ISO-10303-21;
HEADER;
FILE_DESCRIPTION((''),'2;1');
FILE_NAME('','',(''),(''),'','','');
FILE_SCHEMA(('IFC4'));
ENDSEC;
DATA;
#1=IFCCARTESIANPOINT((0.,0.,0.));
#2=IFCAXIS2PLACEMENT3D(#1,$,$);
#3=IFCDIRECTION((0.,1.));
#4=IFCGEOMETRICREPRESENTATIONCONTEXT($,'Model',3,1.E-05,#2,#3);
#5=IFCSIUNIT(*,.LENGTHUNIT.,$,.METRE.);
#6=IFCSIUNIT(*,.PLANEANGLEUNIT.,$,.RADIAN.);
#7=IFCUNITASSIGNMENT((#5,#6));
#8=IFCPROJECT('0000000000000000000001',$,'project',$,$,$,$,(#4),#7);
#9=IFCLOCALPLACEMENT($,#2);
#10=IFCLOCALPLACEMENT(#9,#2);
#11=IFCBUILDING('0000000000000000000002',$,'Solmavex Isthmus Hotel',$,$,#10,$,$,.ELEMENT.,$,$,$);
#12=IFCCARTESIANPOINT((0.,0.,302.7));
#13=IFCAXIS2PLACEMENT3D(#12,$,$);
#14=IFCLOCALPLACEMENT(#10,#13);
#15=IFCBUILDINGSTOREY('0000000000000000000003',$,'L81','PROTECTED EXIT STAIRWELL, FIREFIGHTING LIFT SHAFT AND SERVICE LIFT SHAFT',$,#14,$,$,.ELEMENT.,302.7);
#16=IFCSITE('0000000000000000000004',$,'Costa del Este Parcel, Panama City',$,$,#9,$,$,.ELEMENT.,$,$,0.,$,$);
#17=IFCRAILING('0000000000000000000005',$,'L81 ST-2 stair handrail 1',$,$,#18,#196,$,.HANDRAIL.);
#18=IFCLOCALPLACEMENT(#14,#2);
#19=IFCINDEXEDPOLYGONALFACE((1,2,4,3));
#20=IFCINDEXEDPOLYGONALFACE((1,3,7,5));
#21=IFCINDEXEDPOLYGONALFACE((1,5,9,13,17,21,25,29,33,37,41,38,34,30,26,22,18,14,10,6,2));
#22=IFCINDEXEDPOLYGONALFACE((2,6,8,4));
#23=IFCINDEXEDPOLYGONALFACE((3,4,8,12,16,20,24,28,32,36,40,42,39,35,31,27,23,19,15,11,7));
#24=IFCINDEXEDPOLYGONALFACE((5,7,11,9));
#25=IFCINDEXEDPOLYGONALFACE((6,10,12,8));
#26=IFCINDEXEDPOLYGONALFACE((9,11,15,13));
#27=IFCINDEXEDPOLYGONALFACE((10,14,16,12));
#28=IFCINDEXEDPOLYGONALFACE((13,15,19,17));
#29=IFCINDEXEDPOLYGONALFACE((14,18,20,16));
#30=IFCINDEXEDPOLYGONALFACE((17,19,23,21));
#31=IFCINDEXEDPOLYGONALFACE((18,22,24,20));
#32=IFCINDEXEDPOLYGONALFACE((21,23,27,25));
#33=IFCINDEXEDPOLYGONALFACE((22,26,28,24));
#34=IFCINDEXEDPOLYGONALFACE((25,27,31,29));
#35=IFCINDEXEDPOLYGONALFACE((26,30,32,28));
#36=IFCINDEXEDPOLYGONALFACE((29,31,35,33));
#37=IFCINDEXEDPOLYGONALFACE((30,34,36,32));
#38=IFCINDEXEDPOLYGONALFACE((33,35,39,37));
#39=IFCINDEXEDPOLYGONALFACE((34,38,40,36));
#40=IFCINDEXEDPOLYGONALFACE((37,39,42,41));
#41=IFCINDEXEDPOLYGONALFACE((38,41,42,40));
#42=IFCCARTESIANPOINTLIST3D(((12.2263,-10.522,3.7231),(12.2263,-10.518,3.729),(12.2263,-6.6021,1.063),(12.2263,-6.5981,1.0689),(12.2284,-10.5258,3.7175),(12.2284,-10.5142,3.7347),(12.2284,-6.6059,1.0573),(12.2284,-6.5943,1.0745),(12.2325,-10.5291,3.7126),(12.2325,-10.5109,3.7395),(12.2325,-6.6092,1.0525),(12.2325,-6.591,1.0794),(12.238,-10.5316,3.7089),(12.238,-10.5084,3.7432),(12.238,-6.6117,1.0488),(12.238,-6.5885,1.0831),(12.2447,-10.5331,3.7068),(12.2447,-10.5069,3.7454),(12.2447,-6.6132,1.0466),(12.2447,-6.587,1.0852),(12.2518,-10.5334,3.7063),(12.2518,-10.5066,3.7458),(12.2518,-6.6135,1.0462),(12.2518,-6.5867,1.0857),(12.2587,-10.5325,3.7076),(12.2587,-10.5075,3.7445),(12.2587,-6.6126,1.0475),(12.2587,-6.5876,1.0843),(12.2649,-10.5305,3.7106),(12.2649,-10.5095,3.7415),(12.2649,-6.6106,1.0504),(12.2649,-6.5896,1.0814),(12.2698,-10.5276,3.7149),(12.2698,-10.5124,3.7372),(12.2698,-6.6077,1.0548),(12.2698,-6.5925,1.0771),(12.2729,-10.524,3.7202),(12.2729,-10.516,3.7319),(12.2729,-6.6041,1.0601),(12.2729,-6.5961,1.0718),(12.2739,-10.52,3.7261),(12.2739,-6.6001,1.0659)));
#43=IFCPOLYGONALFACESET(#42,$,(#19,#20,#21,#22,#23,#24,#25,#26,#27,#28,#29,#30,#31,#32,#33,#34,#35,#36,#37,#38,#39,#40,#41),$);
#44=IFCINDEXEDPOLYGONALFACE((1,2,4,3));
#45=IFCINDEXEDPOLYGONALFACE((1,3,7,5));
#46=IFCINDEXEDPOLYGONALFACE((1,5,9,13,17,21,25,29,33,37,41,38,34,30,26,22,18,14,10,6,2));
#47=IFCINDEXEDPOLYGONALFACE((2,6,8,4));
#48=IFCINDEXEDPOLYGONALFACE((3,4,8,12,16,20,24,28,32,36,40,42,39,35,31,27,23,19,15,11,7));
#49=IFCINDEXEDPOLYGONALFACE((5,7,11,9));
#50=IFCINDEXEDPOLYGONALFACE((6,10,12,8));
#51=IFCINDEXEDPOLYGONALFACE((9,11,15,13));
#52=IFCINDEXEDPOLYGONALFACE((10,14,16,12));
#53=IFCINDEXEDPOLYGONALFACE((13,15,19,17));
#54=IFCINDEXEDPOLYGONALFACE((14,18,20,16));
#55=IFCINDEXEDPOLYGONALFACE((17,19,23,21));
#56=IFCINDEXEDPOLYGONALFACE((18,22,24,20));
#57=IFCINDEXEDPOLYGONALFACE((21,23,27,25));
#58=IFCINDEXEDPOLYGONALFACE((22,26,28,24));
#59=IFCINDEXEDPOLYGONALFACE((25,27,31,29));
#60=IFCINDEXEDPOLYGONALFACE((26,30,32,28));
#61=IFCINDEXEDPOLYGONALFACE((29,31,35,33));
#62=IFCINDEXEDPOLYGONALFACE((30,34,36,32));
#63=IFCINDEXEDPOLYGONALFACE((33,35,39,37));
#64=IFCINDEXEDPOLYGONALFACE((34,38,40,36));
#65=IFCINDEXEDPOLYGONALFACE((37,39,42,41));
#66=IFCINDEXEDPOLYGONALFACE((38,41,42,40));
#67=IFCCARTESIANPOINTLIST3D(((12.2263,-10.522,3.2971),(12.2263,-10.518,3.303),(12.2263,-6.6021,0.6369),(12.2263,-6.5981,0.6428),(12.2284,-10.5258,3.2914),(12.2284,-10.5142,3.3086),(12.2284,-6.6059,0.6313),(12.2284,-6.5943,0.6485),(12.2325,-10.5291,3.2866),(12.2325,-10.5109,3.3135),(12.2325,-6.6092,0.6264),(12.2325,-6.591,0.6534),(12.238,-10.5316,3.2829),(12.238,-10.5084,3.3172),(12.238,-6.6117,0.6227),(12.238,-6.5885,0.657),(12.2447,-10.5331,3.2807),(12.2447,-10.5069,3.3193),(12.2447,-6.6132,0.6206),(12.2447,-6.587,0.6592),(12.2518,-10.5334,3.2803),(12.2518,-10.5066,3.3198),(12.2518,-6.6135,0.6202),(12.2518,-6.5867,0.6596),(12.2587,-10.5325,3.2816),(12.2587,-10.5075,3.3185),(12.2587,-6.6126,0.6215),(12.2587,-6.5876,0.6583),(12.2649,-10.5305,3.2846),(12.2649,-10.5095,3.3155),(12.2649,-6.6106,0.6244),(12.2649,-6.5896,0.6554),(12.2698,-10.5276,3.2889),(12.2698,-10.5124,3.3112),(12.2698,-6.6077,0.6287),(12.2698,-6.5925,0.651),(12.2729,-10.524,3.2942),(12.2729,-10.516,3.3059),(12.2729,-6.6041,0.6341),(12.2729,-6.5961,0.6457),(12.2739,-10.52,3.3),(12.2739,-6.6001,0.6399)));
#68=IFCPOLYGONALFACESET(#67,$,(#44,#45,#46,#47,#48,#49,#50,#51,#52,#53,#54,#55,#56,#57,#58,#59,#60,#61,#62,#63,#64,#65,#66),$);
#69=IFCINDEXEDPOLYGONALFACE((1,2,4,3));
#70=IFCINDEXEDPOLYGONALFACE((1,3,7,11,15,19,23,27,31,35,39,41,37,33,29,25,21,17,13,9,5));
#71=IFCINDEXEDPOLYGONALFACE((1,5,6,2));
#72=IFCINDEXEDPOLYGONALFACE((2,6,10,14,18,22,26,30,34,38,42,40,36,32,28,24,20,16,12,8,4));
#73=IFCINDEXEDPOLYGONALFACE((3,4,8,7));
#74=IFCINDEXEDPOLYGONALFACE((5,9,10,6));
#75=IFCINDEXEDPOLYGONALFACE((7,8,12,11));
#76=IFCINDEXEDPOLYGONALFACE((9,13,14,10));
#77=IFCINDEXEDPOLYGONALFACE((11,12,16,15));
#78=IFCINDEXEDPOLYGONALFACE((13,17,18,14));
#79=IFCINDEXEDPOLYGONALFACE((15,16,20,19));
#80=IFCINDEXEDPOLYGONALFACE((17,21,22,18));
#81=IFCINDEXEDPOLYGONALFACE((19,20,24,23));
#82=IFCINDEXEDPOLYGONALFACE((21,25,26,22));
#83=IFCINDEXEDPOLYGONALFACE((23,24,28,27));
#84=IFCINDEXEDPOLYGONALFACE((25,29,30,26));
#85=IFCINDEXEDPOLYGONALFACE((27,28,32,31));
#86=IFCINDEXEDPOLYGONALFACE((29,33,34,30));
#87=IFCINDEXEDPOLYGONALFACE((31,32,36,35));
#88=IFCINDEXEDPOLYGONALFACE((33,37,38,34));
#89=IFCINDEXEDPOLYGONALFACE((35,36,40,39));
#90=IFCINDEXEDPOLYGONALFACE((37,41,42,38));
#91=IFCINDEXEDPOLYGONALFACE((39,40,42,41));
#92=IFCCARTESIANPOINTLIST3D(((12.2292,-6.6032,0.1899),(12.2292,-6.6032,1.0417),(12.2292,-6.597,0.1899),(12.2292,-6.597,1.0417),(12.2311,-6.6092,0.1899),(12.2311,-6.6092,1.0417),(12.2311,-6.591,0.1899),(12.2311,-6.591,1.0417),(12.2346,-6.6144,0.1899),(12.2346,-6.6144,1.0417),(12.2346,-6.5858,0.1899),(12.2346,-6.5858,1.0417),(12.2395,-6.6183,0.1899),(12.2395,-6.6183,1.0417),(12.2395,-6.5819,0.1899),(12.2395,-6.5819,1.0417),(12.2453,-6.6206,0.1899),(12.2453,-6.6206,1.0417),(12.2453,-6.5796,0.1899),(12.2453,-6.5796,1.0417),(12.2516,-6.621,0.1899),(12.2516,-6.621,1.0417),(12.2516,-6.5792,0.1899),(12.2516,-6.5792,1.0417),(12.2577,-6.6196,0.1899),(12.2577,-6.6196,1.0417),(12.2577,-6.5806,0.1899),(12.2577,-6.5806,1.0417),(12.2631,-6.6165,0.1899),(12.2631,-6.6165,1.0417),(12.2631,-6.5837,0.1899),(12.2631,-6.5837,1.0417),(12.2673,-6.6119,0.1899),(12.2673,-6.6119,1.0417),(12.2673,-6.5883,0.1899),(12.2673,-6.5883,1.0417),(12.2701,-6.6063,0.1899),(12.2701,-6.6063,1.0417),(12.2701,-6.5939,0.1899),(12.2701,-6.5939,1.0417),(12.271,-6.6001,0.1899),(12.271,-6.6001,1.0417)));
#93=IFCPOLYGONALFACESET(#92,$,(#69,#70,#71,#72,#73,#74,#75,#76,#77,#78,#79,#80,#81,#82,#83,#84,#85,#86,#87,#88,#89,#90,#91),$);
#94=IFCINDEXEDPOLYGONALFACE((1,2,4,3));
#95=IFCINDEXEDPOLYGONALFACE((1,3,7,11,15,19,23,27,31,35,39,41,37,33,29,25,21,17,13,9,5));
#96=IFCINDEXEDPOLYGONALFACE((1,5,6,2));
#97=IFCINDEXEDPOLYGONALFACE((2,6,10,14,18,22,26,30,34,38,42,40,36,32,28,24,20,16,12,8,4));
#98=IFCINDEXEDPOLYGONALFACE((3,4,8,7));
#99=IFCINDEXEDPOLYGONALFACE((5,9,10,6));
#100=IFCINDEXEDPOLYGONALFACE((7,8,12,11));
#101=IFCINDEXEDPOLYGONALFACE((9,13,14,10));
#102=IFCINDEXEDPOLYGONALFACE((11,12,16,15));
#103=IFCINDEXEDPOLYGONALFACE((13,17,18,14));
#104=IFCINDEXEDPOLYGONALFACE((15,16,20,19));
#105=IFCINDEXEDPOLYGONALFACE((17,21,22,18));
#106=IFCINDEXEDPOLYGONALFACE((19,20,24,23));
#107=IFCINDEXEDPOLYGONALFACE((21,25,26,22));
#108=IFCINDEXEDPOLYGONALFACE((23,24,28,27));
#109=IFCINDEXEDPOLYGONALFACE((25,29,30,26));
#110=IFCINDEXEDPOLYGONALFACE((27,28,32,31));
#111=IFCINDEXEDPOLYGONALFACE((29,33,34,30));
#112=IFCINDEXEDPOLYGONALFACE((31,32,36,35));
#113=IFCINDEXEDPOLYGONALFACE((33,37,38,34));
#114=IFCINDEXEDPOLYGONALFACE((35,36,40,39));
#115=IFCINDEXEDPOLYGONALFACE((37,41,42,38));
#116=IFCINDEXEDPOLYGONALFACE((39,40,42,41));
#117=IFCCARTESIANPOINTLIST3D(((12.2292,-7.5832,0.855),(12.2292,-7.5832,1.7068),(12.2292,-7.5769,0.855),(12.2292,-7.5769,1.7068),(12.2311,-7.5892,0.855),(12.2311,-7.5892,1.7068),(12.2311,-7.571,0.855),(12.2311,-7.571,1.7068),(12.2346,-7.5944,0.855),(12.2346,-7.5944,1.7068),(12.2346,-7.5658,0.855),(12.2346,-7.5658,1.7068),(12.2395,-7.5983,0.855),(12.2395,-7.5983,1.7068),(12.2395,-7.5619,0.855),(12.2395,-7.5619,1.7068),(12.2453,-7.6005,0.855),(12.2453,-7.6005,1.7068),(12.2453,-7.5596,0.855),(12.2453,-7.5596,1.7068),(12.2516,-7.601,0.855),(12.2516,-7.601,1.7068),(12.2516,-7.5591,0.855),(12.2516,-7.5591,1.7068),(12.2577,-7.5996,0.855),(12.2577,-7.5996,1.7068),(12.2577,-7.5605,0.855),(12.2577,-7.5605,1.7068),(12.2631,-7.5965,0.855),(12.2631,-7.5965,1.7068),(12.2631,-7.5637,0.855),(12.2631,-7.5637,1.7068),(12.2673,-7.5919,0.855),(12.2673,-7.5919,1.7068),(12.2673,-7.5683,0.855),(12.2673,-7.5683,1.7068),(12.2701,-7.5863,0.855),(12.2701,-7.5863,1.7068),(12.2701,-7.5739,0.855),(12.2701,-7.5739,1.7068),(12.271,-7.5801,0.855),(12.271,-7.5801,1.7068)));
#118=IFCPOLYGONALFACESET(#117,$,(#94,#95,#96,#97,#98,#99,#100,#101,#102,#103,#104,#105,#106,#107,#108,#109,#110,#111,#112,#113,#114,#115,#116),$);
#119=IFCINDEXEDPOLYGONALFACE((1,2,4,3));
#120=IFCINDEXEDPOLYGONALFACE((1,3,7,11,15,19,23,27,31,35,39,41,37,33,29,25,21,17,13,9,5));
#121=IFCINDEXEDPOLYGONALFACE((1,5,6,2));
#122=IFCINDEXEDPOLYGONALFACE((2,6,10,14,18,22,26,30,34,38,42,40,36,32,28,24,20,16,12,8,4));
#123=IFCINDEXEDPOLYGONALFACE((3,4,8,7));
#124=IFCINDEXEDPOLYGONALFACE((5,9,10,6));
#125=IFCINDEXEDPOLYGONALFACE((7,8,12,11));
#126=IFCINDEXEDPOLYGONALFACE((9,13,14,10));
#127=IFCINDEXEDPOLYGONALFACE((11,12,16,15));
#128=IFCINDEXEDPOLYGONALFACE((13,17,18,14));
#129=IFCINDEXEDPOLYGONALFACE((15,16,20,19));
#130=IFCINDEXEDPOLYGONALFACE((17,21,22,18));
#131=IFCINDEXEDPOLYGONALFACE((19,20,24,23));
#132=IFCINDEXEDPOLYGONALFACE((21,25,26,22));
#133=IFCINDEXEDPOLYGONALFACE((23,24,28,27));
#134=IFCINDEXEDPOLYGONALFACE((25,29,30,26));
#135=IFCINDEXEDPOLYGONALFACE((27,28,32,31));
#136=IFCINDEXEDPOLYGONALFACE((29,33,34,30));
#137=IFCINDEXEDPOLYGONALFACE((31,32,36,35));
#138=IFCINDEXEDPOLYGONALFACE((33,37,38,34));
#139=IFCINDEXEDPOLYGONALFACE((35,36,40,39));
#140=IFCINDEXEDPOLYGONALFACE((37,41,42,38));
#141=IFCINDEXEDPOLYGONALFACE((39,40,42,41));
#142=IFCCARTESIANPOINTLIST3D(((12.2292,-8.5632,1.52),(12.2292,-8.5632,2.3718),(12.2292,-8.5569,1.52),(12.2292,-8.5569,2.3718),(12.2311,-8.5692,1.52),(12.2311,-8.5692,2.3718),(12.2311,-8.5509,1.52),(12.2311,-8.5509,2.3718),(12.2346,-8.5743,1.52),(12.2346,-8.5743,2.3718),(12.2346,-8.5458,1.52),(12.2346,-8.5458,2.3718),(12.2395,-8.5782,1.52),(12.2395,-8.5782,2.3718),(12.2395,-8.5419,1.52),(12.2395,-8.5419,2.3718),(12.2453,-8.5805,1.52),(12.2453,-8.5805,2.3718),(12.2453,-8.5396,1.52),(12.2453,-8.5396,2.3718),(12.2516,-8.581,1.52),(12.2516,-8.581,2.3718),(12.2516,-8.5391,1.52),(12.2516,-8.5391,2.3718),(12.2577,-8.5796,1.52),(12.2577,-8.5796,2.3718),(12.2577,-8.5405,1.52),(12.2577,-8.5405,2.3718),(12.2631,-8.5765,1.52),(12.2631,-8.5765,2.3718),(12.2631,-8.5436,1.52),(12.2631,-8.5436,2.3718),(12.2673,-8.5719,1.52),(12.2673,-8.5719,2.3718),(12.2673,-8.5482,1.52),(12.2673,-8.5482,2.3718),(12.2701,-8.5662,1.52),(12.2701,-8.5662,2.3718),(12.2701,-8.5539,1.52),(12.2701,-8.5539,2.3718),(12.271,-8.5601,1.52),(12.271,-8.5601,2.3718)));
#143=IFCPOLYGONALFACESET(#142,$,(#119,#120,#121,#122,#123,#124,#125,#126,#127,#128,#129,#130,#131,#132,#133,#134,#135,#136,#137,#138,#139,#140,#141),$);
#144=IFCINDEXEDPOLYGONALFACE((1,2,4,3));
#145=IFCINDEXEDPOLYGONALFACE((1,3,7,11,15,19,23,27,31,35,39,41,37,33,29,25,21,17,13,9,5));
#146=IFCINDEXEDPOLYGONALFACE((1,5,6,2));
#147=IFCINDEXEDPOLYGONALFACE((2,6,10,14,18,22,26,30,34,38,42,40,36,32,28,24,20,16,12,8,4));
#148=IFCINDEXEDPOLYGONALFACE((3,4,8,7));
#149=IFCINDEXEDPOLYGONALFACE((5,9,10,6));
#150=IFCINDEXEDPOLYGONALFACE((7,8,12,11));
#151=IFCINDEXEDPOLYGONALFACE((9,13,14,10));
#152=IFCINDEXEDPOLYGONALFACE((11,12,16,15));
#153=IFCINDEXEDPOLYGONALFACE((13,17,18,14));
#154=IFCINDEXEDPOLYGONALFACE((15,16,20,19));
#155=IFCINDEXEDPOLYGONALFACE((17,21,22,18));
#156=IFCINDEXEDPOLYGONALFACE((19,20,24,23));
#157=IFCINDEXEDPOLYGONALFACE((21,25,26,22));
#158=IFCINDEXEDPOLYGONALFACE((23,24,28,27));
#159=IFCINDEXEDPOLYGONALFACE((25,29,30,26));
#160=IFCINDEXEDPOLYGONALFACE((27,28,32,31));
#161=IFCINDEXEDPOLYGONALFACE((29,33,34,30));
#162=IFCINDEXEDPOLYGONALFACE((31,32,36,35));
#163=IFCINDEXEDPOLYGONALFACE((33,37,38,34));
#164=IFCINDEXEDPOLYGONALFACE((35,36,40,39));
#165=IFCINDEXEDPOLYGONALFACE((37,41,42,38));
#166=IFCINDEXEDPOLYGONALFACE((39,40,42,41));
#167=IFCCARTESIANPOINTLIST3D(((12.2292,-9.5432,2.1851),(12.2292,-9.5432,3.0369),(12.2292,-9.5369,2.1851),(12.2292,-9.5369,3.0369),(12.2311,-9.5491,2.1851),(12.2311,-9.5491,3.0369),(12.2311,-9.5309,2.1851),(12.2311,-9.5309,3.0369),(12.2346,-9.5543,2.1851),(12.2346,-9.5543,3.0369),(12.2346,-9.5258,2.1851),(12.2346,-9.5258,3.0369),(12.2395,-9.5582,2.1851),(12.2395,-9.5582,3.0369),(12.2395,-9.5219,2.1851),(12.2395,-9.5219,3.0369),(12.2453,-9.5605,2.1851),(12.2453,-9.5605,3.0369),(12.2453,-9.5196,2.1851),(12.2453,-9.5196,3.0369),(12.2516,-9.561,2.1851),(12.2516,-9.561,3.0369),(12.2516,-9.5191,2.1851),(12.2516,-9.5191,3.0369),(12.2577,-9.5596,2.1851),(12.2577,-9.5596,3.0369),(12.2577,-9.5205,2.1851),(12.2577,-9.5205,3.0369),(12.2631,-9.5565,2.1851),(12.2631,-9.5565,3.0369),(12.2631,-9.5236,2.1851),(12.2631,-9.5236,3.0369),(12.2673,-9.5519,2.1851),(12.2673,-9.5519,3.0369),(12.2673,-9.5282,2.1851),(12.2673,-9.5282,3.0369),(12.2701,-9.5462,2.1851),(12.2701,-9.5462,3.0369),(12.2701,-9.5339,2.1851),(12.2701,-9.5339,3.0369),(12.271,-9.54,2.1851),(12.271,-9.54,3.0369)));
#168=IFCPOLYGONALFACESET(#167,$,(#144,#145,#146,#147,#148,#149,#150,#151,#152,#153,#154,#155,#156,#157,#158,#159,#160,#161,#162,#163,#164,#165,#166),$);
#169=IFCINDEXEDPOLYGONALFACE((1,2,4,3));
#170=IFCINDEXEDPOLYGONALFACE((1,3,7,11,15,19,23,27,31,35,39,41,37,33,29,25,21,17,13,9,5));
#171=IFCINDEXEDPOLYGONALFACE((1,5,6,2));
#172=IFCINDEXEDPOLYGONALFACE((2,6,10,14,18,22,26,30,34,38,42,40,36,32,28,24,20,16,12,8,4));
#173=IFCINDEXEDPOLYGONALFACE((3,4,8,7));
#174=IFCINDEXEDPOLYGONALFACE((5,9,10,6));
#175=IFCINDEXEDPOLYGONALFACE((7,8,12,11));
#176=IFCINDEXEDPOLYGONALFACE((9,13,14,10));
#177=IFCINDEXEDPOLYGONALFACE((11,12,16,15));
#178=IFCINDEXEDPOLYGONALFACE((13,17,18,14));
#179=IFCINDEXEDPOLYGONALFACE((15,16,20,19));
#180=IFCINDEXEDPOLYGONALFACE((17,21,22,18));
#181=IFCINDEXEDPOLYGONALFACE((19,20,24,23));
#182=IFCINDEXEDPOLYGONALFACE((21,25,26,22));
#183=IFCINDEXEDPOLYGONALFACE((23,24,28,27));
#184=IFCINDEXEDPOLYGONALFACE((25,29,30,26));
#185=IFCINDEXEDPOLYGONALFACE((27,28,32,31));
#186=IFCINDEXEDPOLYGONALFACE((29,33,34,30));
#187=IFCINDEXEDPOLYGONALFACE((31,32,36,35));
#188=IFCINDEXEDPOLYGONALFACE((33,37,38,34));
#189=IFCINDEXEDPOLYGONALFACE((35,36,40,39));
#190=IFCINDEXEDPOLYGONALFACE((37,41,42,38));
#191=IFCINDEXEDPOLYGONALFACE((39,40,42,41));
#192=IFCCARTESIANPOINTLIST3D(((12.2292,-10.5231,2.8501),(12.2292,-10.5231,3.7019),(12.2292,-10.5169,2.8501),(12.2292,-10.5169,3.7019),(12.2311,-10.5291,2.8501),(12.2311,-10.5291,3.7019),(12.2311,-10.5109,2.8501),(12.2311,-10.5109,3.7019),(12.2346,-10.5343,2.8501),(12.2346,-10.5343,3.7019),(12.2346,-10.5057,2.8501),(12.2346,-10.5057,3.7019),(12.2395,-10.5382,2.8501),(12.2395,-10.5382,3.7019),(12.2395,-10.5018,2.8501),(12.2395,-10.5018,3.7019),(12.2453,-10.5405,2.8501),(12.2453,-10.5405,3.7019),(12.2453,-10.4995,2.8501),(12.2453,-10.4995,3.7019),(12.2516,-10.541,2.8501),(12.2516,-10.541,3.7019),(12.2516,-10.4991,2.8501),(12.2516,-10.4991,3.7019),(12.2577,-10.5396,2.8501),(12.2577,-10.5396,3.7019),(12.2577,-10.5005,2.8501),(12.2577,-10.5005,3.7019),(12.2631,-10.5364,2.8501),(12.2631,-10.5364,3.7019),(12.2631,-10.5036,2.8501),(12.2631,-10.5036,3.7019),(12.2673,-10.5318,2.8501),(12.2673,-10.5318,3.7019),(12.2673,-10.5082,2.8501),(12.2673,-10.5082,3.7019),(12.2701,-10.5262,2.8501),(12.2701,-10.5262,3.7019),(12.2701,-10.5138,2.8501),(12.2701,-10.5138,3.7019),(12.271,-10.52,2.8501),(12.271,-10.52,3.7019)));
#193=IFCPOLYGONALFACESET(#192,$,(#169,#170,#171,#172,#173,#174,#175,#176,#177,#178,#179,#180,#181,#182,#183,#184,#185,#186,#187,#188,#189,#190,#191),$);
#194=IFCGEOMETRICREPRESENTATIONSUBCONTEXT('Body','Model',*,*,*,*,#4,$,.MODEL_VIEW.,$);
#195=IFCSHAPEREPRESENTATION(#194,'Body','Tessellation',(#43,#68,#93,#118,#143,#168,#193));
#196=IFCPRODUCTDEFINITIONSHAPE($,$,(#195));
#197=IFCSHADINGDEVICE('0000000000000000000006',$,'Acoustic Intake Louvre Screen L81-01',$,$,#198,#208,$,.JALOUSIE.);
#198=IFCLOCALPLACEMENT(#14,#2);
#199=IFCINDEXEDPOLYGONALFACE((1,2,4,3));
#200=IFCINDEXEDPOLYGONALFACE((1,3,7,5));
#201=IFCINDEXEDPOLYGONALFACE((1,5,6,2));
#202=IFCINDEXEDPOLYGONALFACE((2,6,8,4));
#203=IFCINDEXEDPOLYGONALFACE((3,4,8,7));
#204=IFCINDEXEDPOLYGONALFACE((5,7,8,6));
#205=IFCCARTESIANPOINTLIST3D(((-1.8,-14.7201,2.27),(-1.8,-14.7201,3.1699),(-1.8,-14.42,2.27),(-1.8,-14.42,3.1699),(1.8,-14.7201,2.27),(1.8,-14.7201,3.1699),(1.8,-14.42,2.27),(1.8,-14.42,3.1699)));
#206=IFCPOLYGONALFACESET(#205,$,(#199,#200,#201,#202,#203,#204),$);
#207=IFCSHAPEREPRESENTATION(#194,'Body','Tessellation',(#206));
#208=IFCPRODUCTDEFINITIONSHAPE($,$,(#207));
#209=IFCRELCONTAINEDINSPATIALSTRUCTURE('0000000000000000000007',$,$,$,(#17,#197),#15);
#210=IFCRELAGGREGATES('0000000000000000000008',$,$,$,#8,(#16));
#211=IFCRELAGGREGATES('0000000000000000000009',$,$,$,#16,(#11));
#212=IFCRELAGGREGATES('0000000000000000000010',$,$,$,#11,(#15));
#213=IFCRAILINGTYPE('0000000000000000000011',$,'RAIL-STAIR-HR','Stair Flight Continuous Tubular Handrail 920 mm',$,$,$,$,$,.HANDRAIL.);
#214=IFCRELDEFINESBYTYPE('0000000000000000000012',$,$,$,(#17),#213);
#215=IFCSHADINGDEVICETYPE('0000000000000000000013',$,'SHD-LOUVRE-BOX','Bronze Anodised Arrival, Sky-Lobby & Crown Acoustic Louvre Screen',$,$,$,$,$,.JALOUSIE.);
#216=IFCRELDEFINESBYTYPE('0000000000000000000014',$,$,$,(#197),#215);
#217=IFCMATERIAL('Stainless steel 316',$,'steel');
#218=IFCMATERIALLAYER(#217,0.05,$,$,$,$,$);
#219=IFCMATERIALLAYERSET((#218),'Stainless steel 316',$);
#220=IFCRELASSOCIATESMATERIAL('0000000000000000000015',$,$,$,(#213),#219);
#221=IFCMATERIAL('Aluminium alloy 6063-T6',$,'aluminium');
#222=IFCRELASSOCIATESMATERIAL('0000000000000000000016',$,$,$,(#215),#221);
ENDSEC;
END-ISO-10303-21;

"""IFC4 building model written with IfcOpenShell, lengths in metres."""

from ifc_helpers import new_model, si_unit, direction, frame, origin, origin_2d, place, context, subcontext, project, spatial, rectangle, circle, extrude, material, layer, layer_set, type_object, element, save


model = new_model("IFC4")

# Units and contexts
model_context = context("Model", 3, precision=1e-05, world=origin(), true_north=direction((0.0, 1.0)))
body_context = subcontext(model_context, "Body", "Model", "MODEL_VIEW")
ifc_project = project(units=[si_unit("LENGTHUNIT", "METRE"), si_unit("PLANEANGLEUNIT", "RADIAN")], contexts=[model_context])

# Site, building, storey
site_placement = place(None, origin())
site = spatial("IfcSite", under=ifc_project, at=site_placement, Name="Costa del Este Parcel, Panama City", CompositionType="ELEMENT", RefElevation=0.0)
building_placement = place(site_placement, origin())
building = spatial("IfcBuilding", under=site, at=building_placement, Name="Solmavex Isthmus Hotel", CompositionType="ELEMENT")
storey_placement = place(building_placement, frame((0.0, 0.0, 302.7)))
storey = spatial("IfcBuildingStorey", under=building, at=storey_placement, Name="L81", Description="PROTECTED EXIT STAIRWELL, FIREFIGHTING LIFT SHAFT AND SERVICE LIFT SHAFT", CompositionType="ELEMENT", Elevation=302.7)

# Shared definitions
ifc_material_1 = material(Name="Stainless steel 316", Category="steel")

# Railing
ifc_layer_1 = layer(ifc_material_1, 0.05)
ifc_layer_set_1 = layer_set([ifc_layer_1], Name="Stainless steel 316")
railing_type = type_object("IfcRailingType", Name="RAIL-STAIR-HR", Description="Stair Flight Continuous Tubular Handrail 920 mm", PredefinedType="HANDRAIL", material=ifc_layer_set_1)
railing_placement = place(storey_placement, frame((12.25, -6.6001, 0.1899)))
element("IfcRailing", 1, at=railing_placement, inside=storey, type_object=railing_type, Name="L81 ST-2 stair handrail 1", PredefinedType="HANDRAIL", context=body_context, shape_type="SweptSolid", body=[
    extrude(circle(Radius=0.0239, at=origin_2d()), frame((0.0, 0.0, 0.876), z_axis=(0.0, -0.827455, 0.561532), x_axis=(1.0, 0.0, 0.0)), (0.0, 0.0, 1.0), 4.7373),
    extrude(circle(Radius=0.0239, at=origin_2d()), frame((0.0, 0.0, 0.45), z_axis=(0.0, -0.827455, 0.561532), x_axis=(1.0, 0.0, 0.0)), (0.0, 0.0, 1.0), 4.7373),
    extrude(circle(Radius=0.021, at=origin_2d()), origin(), (0.0, 0.0, 1.0), 0.8518),
    extrude(circle(Radius=0.021, at=origin_2d()), frame((0.0, -0.98, 0.665)), (0.0, 0.0, 1.0), 0.8518),
    extrude(circle(Radius=0.021, at=origin_2d()), frame((0.0, -1.96, 1.3301)), (0.0, 0.0, 1.0), 0.8518),
    extrude(circle(Radius=0.021, at=origin_2d()), frame((0.0, -2.9399, 1.9951)), (0.0, 0.0, 1.0), 0.8518),
    extrude(circle(Radius=0.021, at=origin_2d()), frame((0.0, -3.9199, 2.6602)), (0.0, 0.0, 1.0), 0.8518),
])

# Shading device
ifc_material_2 = material(Name="Aluminium alloy 6063-T6", Category="aluminium")
shading_device_type = type_object("IfcShadingDeviceType", Name="SHD-LOUVRE-BOX", Description="Bronze Anodised Arrival, Sky-Lobby & Crown Acoustic Louvre Screen", PredefinedType="JALOUSIE", material=ifc_material_2)
shading_device_placement = place(storey_placement, frame((0.0, -14.5701, 2.27), z_axis=(0.0, 0.0, 1.0), x_axis=(-1.0, 0.0, 0.0)))
element("IfcShadingDevice", 2, at=shading_device_placement, inside=storey, type_object=shading_device_type, Name="Acoustic Intake Louvre Screen L81-01", PredefinedType="JALOUSIE", context=body_context, shape_type="SweptSolid", body=[
    extrude(rectangle(XDim=3.6001, YDim=0.3, at=origin_2d()), origin(), (0.0, 0.0, 1.0), 0.8999),
])

save(model, "model.ifc")
